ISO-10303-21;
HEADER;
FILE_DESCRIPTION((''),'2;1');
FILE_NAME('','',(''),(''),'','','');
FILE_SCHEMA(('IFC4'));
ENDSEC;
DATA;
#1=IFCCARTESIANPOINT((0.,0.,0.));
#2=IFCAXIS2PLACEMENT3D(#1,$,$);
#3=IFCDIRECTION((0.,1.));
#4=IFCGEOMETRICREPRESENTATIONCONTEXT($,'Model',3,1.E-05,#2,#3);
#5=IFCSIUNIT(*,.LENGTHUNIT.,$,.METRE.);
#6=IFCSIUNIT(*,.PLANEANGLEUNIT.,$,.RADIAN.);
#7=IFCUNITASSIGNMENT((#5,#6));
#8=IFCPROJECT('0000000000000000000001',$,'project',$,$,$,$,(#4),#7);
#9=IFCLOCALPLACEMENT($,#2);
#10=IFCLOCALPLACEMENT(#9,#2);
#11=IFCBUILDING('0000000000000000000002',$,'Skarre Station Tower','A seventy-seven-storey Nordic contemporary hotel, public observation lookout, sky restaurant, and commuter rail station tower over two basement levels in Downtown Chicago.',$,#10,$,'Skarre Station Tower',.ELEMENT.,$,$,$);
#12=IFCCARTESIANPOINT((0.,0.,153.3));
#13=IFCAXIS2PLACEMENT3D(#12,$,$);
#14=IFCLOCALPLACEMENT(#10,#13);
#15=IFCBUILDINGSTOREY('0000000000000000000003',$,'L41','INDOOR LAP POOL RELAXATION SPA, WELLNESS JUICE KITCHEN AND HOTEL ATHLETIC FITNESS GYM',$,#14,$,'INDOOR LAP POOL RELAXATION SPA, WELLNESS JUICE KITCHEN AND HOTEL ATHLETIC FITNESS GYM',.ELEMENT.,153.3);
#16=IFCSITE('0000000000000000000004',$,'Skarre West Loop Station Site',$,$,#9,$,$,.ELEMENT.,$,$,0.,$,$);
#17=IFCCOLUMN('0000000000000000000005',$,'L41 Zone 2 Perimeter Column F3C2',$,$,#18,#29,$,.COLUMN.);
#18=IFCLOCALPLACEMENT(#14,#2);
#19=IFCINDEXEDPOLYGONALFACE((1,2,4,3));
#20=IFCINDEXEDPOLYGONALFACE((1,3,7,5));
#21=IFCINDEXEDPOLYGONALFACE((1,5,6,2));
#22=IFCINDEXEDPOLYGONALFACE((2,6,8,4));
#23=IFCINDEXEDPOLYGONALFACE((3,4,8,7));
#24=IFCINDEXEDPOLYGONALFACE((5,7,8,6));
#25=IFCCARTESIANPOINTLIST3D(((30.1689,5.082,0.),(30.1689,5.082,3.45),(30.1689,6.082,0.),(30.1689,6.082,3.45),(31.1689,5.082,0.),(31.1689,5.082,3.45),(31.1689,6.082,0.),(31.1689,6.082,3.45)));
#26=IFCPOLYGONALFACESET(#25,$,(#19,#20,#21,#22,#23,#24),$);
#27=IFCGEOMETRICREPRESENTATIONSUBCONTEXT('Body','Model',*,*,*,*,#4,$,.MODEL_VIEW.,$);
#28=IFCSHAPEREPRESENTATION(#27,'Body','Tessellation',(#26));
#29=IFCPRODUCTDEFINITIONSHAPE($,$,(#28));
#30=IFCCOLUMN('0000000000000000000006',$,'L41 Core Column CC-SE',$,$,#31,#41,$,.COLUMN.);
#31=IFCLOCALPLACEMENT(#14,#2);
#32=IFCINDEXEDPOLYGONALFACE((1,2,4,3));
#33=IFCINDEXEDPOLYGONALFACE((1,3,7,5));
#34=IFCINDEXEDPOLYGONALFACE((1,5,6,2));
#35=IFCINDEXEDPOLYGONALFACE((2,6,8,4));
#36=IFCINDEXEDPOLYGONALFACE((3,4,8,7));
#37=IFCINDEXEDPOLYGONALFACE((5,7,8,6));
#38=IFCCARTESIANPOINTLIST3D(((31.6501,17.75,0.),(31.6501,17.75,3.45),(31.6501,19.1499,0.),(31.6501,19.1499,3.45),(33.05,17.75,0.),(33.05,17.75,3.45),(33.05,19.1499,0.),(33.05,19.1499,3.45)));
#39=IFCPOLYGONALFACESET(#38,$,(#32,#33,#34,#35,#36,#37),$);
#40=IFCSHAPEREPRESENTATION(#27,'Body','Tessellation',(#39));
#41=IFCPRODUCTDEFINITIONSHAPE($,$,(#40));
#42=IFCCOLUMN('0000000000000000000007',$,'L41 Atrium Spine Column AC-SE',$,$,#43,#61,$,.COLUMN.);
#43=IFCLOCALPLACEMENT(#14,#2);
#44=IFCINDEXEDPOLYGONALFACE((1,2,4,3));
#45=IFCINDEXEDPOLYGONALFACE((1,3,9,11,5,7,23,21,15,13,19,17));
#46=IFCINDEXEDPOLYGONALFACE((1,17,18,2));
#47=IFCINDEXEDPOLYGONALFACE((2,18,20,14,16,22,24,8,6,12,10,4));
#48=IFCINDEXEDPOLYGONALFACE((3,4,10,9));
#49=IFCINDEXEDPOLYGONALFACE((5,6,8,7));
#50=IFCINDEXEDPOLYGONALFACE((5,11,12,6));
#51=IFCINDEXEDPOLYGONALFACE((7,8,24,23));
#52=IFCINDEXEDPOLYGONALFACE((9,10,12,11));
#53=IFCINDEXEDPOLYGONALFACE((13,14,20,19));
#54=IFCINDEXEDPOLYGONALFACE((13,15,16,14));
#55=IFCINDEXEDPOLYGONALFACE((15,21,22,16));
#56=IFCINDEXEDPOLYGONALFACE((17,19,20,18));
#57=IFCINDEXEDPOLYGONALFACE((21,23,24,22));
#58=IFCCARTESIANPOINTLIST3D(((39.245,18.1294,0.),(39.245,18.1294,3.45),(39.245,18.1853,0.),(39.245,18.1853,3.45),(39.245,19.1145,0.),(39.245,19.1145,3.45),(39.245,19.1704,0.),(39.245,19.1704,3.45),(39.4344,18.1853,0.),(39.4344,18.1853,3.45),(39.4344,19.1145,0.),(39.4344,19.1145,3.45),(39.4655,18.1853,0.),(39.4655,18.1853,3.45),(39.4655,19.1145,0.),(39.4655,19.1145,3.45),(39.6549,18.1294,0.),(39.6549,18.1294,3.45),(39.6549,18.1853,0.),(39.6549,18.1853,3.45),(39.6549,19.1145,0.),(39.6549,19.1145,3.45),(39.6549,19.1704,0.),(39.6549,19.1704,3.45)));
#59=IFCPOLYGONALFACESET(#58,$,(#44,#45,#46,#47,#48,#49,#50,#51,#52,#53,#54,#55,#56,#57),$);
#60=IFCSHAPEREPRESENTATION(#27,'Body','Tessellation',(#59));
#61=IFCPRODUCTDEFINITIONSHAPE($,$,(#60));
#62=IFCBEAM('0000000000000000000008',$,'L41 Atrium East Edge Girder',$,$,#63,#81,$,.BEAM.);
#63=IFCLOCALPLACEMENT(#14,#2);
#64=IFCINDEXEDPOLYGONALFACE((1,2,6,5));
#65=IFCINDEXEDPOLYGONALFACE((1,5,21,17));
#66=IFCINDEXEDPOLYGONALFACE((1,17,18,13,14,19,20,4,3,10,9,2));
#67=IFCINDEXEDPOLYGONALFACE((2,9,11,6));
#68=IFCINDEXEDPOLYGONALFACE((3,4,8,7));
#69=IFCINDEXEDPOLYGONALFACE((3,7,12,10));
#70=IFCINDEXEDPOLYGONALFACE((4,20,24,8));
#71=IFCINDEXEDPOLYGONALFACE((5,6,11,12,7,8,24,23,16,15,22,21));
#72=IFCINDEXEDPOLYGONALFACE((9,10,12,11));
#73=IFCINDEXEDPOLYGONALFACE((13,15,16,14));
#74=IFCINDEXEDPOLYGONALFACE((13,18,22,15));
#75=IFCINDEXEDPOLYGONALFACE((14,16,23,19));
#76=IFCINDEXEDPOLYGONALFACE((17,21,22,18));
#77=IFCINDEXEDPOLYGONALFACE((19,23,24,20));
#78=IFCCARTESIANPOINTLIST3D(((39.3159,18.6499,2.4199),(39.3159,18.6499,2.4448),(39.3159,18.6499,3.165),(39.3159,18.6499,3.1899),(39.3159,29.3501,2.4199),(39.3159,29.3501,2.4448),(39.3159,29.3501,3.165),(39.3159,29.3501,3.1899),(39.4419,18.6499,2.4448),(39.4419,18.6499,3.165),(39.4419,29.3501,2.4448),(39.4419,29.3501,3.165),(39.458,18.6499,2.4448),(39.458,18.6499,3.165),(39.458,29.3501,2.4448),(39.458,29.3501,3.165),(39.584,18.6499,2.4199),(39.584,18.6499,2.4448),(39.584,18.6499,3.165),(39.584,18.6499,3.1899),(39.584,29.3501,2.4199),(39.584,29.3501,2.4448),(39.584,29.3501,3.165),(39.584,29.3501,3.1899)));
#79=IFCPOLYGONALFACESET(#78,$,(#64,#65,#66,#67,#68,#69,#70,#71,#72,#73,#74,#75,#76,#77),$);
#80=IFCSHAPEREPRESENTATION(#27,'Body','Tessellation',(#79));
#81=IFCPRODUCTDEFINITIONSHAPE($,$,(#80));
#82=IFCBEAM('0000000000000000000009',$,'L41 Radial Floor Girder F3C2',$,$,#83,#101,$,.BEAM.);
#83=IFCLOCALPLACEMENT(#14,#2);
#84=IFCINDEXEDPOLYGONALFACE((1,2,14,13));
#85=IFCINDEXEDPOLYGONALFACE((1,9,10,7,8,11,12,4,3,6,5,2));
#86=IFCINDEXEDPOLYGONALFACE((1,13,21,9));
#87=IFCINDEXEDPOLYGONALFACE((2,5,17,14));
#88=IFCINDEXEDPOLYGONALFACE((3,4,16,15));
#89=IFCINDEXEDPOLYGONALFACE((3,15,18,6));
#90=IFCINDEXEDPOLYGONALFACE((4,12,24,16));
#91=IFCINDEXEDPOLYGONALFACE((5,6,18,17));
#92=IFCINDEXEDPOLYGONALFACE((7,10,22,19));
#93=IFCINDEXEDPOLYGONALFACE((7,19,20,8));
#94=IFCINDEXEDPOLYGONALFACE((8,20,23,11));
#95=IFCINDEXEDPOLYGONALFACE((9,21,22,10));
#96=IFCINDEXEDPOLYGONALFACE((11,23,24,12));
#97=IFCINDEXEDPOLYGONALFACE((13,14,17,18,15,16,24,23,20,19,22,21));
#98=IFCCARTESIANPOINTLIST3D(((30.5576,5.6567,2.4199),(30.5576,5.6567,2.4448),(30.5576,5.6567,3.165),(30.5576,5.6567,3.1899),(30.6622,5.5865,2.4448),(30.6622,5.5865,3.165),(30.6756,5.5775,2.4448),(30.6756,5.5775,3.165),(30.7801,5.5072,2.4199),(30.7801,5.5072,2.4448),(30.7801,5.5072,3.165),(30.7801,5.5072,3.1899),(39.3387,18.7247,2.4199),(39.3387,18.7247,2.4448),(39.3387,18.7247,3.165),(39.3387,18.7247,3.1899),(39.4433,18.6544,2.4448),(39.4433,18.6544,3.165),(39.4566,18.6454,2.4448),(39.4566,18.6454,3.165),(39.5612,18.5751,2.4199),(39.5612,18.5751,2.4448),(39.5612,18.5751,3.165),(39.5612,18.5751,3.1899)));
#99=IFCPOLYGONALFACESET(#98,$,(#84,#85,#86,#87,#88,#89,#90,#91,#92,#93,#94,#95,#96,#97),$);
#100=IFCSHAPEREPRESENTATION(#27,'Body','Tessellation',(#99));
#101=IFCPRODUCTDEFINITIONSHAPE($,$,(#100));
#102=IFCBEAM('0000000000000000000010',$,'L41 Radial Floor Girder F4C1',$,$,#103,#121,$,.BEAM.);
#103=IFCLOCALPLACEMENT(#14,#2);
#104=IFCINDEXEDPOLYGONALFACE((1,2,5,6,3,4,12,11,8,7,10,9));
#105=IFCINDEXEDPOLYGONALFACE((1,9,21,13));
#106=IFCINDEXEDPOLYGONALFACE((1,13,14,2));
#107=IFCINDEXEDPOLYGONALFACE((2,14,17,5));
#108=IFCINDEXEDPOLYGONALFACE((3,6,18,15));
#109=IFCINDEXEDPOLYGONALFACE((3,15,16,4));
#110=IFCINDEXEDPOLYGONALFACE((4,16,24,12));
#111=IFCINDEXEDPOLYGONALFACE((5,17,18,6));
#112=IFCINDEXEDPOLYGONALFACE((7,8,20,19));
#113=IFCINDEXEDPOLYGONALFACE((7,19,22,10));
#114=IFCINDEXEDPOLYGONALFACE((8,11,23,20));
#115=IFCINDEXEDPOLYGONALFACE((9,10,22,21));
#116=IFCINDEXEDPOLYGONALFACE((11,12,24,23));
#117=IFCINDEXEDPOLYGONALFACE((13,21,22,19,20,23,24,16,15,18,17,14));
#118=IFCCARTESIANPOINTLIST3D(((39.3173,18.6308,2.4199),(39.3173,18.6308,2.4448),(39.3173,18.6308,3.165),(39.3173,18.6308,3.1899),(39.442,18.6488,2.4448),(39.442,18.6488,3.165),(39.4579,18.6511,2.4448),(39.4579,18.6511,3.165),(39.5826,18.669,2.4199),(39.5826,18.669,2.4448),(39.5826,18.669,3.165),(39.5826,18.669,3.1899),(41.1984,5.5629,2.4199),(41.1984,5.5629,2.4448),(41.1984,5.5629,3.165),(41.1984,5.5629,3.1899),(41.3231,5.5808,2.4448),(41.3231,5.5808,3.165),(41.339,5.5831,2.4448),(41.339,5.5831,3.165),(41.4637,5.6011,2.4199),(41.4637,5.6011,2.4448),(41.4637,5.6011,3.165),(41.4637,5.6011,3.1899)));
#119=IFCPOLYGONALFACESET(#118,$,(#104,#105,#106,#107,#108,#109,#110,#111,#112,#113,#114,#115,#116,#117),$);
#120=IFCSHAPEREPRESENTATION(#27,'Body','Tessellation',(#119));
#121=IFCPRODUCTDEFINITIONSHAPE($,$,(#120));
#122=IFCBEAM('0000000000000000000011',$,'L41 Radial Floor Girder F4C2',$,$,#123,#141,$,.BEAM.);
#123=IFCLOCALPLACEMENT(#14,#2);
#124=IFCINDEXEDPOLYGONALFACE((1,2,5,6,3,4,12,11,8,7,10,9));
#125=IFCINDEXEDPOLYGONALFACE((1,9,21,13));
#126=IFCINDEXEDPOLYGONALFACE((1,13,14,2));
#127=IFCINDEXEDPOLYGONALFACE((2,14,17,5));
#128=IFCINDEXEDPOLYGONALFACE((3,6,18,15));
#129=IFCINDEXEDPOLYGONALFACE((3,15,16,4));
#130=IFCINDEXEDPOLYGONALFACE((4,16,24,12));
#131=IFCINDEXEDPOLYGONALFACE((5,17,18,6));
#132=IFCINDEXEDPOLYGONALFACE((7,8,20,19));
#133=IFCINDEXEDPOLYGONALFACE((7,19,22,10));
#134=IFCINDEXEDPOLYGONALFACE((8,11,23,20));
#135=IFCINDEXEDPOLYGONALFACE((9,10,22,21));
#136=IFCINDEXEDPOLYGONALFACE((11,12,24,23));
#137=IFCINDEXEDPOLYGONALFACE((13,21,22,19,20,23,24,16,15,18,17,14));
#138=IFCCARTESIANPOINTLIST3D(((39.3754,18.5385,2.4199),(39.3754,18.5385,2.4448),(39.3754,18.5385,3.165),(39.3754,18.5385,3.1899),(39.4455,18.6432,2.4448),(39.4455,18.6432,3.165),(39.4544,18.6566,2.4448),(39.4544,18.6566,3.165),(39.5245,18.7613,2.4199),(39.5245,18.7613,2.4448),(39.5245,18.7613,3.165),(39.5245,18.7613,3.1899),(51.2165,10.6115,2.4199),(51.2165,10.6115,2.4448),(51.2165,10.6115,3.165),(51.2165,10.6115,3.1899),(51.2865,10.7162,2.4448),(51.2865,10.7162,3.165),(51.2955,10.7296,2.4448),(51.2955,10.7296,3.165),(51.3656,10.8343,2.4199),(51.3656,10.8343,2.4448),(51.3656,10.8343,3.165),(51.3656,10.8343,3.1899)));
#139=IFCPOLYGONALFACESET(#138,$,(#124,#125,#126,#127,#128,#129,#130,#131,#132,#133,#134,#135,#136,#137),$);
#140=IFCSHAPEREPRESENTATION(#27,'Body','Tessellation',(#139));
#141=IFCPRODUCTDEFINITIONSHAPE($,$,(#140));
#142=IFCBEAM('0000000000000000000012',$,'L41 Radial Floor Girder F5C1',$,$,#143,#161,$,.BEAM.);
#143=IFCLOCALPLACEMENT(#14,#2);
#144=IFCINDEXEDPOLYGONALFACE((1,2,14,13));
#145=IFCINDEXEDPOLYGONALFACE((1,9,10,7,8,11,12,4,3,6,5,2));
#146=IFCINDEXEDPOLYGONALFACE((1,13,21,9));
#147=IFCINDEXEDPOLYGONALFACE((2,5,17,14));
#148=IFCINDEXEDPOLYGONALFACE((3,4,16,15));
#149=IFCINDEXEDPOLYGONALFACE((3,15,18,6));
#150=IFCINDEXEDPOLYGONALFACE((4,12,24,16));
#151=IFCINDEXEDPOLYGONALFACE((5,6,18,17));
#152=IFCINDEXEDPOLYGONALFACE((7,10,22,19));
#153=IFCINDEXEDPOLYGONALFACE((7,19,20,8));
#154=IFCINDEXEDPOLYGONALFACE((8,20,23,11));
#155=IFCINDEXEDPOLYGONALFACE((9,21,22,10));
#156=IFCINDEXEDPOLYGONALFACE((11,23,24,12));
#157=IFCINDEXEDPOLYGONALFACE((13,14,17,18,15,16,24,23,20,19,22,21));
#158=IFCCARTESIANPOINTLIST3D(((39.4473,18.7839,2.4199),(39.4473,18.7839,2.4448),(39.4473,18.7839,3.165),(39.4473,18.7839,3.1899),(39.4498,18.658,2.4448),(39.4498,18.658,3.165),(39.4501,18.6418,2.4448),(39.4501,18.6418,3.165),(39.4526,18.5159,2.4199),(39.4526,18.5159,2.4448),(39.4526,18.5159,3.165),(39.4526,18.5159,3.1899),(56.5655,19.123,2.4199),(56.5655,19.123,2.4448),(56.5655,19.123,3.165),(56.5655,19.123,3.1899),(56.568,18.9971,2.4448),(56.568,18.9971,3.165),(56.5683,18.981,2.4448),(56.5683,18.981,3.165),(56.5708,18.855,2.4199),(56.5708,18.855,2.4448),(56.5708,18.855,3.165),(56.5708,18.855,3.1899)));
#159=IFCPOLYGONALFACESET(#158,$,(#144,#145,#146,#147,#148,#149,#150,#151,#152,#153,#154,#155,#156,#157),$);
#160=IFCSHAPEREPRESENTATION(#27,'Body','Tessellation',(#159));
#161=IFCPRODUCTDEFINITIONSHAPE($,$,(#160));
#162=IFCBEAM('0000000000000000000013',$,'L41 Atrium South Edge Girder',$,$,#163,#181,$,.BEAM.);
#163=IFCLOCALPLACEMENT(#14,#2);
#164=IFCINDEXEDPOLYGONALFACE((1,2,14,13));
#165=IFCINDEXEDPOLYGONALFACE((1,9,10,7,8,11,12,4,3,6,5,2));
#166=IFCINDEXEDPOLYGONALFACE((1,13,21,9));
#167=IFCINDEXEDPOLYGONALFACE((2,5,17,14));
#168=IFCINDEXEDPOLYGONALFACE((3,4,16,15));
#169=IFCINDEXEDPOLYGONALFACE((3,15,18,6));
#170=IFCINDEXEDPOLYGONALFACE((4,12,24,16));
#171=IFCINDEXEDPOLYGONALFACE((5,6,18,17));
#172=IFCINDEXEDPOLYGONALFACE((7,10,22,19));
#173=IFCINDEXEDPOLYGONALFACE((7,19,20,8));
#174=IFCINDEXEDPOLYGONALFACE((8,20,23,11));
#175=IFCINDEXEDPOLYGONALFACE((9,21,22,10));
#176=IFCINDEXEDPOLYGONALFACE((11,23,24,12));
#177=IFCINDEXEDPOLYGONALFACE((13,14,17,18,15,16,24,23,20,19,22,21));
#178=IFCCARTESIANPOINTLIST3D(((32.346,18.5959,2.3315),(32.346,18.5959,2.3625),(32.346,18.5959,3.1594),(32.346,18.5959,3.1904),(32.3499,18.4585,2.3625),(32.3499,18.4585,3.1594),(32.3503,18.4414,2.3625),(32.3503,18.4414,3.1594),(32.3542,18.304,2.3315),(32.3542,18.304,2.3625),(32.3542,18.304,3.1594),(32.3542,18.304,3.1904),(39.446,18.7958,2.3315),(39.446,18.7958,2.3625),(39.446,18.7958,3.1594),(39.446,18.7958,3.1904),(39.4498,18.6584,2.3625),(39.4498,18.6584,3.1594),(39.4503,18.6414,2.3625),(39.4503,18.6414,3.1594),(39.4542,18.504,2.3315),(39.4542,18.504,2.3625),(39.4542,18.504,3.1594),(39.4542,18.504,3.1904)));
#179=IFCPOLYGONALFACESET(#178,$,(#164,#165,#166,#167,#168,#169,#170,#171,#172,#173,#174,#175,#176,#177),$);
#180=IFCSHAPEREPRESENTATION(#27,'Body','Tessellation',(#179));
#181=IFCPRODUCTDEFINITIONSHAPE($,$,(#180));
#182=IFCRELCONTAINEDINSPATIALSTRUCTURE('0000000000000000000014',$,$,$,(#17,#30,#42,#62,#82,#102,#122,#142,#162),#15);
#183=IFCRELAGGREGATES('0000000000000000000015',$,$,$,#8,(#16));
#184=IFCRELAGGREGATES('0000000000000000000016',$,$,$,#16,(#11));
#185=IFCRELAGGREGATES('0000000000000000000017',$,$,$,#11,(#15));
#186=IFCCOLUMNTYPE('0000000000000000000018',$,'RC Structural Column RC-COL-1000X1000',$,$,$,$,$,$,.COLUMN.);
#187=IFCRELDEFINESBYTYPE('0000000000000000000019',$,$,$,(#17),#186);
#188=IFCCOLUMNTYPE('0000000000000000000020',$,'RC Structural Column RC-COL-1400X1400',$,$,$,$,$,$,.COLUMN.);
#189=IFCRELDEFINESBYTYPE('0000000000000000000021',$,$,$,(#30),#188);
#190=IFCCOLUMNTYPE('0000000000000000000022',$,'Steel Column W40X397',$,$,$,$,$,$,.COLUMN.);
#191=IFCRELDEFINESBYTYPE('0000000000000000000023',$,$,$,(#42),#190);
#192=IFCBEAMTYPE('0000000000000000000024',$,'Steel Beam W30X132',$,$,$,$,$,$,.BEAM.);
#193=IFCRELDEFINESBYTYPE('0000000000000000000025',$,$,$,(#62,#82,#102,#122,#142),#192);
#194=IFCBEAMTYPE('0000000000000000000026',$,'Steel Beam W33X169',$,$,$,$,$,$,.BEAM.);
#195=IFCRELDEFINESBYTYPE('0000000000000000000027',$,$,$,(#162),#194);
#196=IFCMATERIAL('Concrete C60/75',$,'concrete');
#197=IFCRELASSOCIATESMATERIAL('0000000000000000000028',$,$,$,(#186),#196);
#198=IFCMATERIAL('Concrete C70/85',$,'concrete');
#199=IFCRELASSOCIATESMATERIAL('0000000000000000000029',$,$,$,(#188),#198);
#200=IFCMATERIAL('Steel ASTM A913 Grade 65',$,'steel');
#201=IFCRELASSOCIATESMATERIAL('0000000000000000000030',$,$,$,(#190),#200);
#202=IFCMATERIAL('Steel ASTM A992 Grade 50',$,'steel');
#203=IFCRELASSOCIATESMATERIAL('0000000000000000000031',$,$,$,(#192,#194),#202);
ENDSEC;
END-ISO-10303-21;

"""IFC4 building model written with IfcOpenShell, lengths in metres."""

from ifc_helpers import new_model, si_unit, direction, frame, origin, origin_2d, place, context, subcontext, project, spatial, rectangle, i_section, extrude, material, material_profile, profile_set, type_object, element, save


model = new_model("IFC4")

# Units and contexts
model_context = context("Model", 3, precision=1e-05, world=origin(), true_north=direction((0.0, 1.0)))
body_context = subcontext(model_context, "Body", "Model", "MODEL_VIEW")
ifc_project = project(units=[si_unit("LENGTHUNIT", "METRE"), si_unit("PLANEANGLEUNIT", "RADIAN")], contexts=[model_context])

# Site, building, storey
site_placement = place(None, origin())
site = spatial("IfcSite", under=ifc_project, at=site_placement, Name="Skarre West Loop Station Site", CompositionType="ELEMENT", RefElevation=0.0)
building_placement = place(site_placement, origin())
building = spatial("IfcBuilding", under=site, at=building_placement, Name="Skarre Station Tower", Description="A seventy-seven-storey Nordic contemporary hotel, public observation lookout, sky restaurant, and commuter rail station tower over two basement levels in Downtown Chicago.", LongName="Skarre Station Tower", CompositionType="ELEMENT")
storey_placement = place(building_placement, frame((0.0, 0.0, 153.3)))
storey = spatial("IfcBuildingStorey", under=building, at=storey_placement, Name="L41", Description="INDOOR LAP POOL RELAXATION SPA, WELLNESS JUICE KITCHEN AND HOTEL ATHLETIC FITNESS GYM", LongName="INDOOR LAP POOL RELAXATION SPA, WELLNESS JUICE KITCHEN AND HOTEL ATHLETIC FITNESS GYM", CompositionType="ELEMENT", Elevation=153.3)

# Columns
ifc_material_1 = material(Name="Concrete C60/75", Category="concrete")
ifc_material_profile_1 = material_profile(ifc_material_1, rectangle(XDim=1.0, YDim=1.0, at=origin_2d()), Name="Concrete C60/75")
ifc_profile_set_1 = profile_set([ifc_material_profile_1], Name="Concrete C60/75")
column_type_1 = type_object("IfcColumnType", Name="RC Structural Column RC-COL-1000X1000", PredefinedType="COLUMN", material=ifc_profile_set_1)
column_1_placement = place(storey_placement, frame((30.6689, 5.582, 0.0), z_axis=(0.0, 0.0, 1.0), x_axis=(1.0, 0.0, 0.0)))
element("IfcColumn", 1, at=column_1_placement, inside=storey, type_object=column_type_1, Name="L41 Zone 2 Perimeter Column F3C2", PredefinedType="COLUMN", context=body_context, shape_type="SweptSolid", body=[
    extrude(rectangle(XDim=1.0, YDim=1.0, at=origin_2d()), origin(), (0.0, 0.0, 1.0), 3.45),
])
ifc_material_2 = material(Name="Concrete C70/85", Category="concrete")
ifc_material_profile_2 = material_profile(ifc_material_2, rectangle(XDim=1.3999, YDim=1.3999, at=origin_2d()), Name="Concrete C70/85")
ifc_profile_set_2 = profile_set([ifc_material_profile_2], Name="Concrete C70/85")
column_type_2 = type_object("IfcColumnType", Name="RC Structural Column RC-COL-1400X1400", PredefinedType="COLUMN", material=ifc_profile_set_2)
column_2_placement = place(storey_placement, frame((32.3501, 18.45, 0.0), z_axis=(0.0, 0.0, 1.0), x_axis=(1.0, 0.0, 0.0)))
element("IfcColumn", 2, at=column_2_placement, inside=storey, type_object=column_type_2, Name="L41 Core Column CC-SE", PredefinedType="COLUMN", context=body_context, shape_type="SweptSolid", body=[
    extrude(rectangle(XDim=1.3999, YDim=1.3999, at=origin_2d()), origin(), (0.0, 0.0, 1.0), 3.45),
])
ifc_material_3 = material(Name="Steel ASTM A913 Grade 65", Category="steel")
ifc_material_profile_3 = material_profile(ifc_material_3, i_section(OverallWidth=0.4099, OverallDepth=1.041, WebThickness=0.031, FlangeThickness=0.0559, at=origin_2d()), Name="Steel ASTM A913 Grade 65")
ifc_profile_set_3 = profile_set([ifc_material_profile_3], Name="Steel ASTM A913 Grade 65")
column_type_3 = type_object("IfcColumnType", Name="Steel Column W40X397", PredefinedType="COLUMN", material=ifc_profile_set_3)
column_3_placement = place(storey_placement, frame((39.45, 18.6499, 0.0), z_axis=(0.0, 0.0, 1.0), x_axis=(1.0, 0.0, 0.0)))
element("IfcColumn", 3, at=column_3_placement, inside=storey, type_object=column_type_3, Name="L41 Atrium Spine Column AC-SE", PredefinedType="COLUMN", context=body_context, shape_type="SweptSolid", body=[
    extrude(i_section(OverallWidth=0.4099, OverallDepth=1.041, WebThickness=0.031, FlangeThickness=0.0559, at=origin_2d()), origin(), (0.0, 0.0, 1.0), 3.45),
])

# Beams
ifc_material_4 = material(Name="Steel ASTM A992 Grade 50", Category="steel")
ifc_material_profile_4 = material_profile(ifc_material_4, i_section(OverallWidth=0.2681, OverallDepth=0.77, WebThickness=0.0161, FlangeThickness=0.0249, at=origin_2d()), Name="Steel ASTM A992 Grade 50")
ifc_profile_set_4 = profile_set([ifc_material_profile_4], Name="Steel ASTM A992 Grade 50")
beam_type_1 = type_object("IfcBeamType", Name="Steel Beam W30X132", PredefinedType="BEAM", material=ifc_profile_set_4)
beam_1_placement = place(storey_placement, frame((39.45, 18.6499, 2.8049), z_axis=(0.0, 1.0, 0.0), x_axis=(-1.0, 0.0, 0.0)))
element("IfcBeam", 4, at=beam_1_placement, inside=storey, type_object=beam_type_1, Name="L41 Atrium East Edge Girder", PredefinedType="BEAM", context=body_context, shape_type="SweptSolid", body=[
    extrude(i_section(OverallWidth=0.2681, OverallDepth=0.77, WebThickness=0.0161, FlangeThickness=0.0249, at=origin_2d()), origin(), (0.0, 0.0, 1.0), 10.7002),
])
beam_2_placement = place(storey_placement, frame((39.45, 18.6499, 2.8049), z_axis=(-0.557735, -0.830019, 0.0), x_axis=(0.830019, -0.557735, 0.0)))
element("IfcBeam", 5, at=beam_2_placement, inside=storey, type_object=beam_type_1, Name="L41 Radial Floor Girder F3C2", PredefinedType="BEAM", context=body_context, shape_type="SweptSolid", body=[
    extrude(i_section(OverallWidth=0.2681, OverallDepth=0.77, WebThickness=0.0161, FlangeThickness=0.0249, at=origin_2d()), origin(), (0.0, 0.0, 1.0), 15.7441),
])
beam_3_placement = place(storey_placement, frame((39.45, 18.6499, 2.8049), z_axis=(0.14248, -0.989798, 0.0), x_axis=(0.989798, 0.14248, 0.0)))
element("IfcBeam", 6, at=beam_3_placement, inside=storey, type_object=beam_type_1, Name="L41 Radial Floor Girder F4C1", PredefinedType="BEAM", context=body_context, shape_type="SweptSolid", body=[
    extrude(i_section(OverallWidth=0.2681, OverallDepth=0.77, WebThickness=0.0161, FlangeThickness=0.0249, at=origin_2d()), origin(), (0.0, 0.0, 1.0), 13.2026),
])
beam_4_placement = place(storey_placement, frame((39.45, 18.6499, 2.8049), z_axis=(0.830981, -0.5563, 0.0), x_axis=(0.5563, 0.830981, 0.0)))
element("IfcBeam", 7, at=beam_4_placement, inside=storey, type_object=beam_type_1, Name="L41 Radial Floor Girder F4C2", PredefinedType="BEAM", context=body_context, shape_type="SweptSolid", body=[
    extrude(i_section(OverallWidth=0.2681, OverallDepth=0.77, WebThickness=0.0161, FlangeThickness=0.0249, at=origin_2d()), origin(), (0.0, 0.0, 1.0), 14.2495),
])
beam_5_placement = place(storey_placement, frame((39.45, 18.6499, 2.8049), z_axis=(0.999804, 0.019806, 0.0), x_axis=(-0.019806, 0.999804, 0.0)))
element("IfcBeam", 8, at=beam_5_placement, inside=storey, type_object=beam_type_1, Name="L41 Radial Floor Girder F5C1", PredefinedType="BEAM", context=body_context, shape_type="SweptSolid", body=[
    extrude(i_section(OverallWidth=0.2681, OverallDepth=0.77, WebThickness=0.0161, FlangeThickness=0.0249, at=origin_2d()), origin(), (0.0, 0.0, 1.0), 17.1216),
])
ifc_material_profile_5 = material_profile(ifc_material_4, i_section(OverallWidth=0.292, OverallDepth=0.8589, WebThickness=0.0171, FlangeThickness=0.031, at=origin_2d()), Name="Steel ASTM A992 Grade 50")
ifc_profile_set_5 = profile_set([ifc_material_profile_5], Name="Steel ASTM A992 Grade 50")
beam_type_2 = type_object("IfcBeamType", Name="Steel Beam W33X169", PredefinedType="BEAM", material=ifc_profile_set_5)
beam_6_placement = place(storey_placement, frame((32.3501, 18.45, 2.761), z_axis=(0.999604, 0.028152, 0.0), x_axis=(-0.028152, 0.999604, 0.0)))
element("IfcBeam", 9, at=beam_6_placement, inside=storey, type_object=beam_type_2, Name="L41 Atrium South Edge Girder", PredefinedType="BEAM", context=body_context, shape_type="SweptSolid", body=[
    extrude(i_section(OverallWidth=0.292, OverallDepth=0.8589, WebThickness=0.0171, FlangeThickness=0.031, at=origin_2d()), origin(), (0.0, 0.0, 1.0), 7.1028),
])

save(model, "model.ifc")
